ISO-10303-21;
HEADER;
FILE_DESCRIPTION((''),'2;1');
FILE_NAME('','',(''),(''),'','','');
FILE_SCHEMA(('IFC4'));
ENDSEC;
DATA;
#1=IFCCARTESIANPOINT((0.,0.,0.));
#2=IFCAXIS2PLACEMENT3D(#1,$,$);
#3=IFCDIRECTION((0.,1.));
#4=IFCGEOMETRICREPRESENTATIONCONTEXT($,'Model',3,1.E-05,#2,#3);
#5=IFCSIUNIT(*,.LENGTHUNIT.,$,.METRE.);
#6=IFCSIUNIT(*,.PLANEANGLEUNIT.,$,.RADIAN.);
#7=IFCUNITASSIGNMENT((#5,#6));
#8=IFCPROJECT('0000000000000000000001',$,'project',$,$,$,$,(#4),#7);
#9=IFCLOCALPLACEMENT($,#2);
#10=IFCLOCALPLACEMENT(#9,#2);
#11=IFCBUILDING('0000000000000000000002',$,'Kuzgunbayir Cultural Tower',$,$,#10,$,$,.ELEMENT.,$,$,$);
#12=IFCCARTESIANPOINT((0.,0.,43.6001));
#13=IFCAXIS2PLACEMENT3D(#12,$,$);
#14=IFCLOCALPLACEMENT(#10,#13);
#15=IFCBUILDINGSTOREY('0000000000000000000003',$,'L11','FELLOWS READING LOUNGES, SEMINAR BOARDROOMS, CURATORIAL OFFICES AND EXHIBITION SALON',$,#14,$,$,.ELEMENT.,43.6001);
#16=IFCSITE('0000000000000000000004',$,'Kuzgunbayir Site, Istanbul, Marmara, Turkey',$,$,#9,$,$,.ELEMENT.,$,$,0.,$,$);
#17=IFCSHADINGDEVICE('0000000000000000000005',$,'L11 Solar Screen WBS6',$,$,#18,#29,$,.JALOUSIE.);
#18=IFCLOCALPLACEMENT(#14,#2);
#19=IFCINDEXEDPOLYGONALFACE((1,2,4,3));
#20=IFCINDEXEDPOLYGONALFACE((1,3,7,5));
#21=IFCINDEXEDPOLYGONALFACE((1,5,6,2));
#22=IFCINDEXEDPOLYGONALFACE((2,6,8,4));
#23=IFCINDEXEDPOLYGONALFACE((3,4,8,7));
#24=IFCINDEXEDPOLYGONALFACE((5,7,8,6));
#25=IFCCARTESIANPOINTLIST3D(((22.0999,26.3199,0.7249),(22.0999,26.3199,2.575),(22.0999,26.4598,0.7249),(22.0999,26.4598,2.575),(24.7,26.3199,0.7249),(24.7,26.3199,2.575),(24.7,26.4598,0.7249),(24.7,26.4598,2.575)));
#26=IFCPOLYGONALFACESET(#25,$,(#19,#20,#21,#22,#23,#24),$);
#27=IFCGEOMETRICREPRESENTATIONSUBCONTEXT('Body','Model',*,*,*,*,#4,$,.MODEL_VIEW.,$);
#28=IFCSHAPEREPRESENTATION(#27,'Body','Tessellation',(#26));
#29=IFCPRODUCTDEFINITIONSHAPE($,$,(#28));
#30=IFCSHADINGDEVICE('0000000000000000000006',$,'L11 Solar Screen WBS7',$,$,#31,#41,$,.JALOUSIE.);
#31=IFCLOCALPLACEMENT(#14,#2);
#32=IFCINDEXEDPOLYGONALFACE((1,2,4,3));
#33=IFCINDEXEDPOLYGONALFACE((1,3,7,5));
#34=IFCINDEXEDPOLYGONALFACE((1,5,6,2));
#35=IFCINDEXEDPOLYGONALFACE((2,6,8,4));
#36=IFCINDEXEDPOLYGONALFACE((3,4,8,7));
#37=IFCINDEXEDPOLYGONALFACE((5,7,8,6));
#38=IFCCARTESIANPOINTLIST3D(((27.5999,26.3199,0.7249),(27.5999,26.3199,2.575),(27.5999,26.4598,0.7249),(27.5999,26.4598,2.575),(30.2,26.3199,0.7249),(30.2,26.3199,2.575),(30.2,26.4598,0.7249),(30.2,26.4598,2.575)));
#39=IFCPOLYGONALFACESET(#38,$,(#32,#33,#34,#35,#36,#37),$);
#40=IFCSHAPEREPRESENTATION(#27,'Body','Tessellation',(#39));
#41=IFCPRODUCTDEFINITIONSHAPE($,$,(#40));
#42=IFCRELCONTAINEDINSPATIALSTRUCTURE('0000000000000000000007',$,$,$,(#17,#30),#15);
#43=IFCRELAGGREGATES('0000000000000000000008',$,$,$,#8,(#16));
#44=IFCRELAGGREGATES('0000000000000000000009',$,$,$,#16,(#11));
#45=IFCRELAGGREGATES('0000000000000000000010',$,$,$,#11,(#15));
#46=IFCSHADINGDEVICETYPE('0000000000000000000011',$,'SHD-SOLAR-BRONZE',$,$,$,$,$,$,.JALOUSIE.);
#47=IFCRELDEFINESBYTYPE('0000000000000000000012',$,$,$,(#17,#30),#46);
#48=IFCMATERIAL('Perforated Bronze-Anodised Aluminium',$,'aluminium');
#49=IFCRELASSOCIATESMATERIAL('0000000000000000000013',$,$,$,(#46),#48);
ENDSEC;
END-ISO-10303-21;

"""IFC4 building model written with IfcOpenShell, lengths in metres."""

from ifc_helpers import new_model, si_unit, direction, frame, origin, origin_2d, place, context, subcontext, project, spatial, rectangle, extrude, material, type_object, element, save


model = new_model("IFC4")

# Units and contexts
model_context = context("Model", 3, precision=1e-05, world=origin(), true_north=direction((0.0, 1.0)))
body_context = subcontext(model_context, "Body", "Model", "MODEL_VIEW")
ifc_project = project(units=[si_unit("LENGTHUNIT", "METRE"), si_unit("PLANEANGLEUNIT", "RADIAN")], contexts=[model_context])

# Site, building, storey
site_placement = place(None, origin())
site = spatial("IfcSite", under=ifc_project, at=site_placement, Name="Kuzgunbayir Site, Istanbul, Marmara, Turkey", CompositionType="ELEMENT", RefElevation=0.0)
building_placement = place(site_placement, origin())
building = spatial("IfcBuilding", under=site, at=building_placement, Name="Kuzgunbayir Cultural Tower", CompositionType="ELEMENT")
storey_placement = place(building_placement, frame((0.0, 0.0, 43.6001)))
storey = spatial("IfcBuildingStorey", under=building, at=storey_placement, Name="L11", Description="FELLOWS READING LOUNGES, SEMINAR BOARDROOMS, CURATORIAL OFFICES AND EXHIBITION SALON", CompositionType="ELEMENT", Elevation=43.6001)

# Shading devices
ifc_material_1 = material(Name="Perforated Bronze-Anodised Aluminium", Category="aluminium")
shading_device_type = type_object("IfcShadingDeviceType", Name="SHD-SOLAR-BRONZE", PredefinedType="JALOUSIE", material=ifc_material_1)
for number, where, z_axis, x_axis, name in (
    (1, (23.3999, 26.3899, 0.7249), (0.0, 0.0, 1.0), (1.0, 0.0, 0.0), "L11 Solar Screen WBS6"),
    (2, (28.8999, 26.3899, 0.7249), (0.0, 0.0, 1.0), (1.0, 0.0, 0.0), "L11 Solar Screen WBS7"),
):
    element("IfcShadingDevice", number, at=place(storey_placement, frame(where, z_axis=z_axis, x_axis=x_axis)), inside=storey, type_object=shading_device_type, Name=name, PredefinedType="JALOUSIE", context=body_context, shape_type="SweptSolid", body=[
        extrude(rectangle(XDim=2.6001, YDim=0.1399, at=origin_2d()), origin(), (0.0, 0.0, 1.0), 1.8501),
    ])

save(model, "model.ifc")
